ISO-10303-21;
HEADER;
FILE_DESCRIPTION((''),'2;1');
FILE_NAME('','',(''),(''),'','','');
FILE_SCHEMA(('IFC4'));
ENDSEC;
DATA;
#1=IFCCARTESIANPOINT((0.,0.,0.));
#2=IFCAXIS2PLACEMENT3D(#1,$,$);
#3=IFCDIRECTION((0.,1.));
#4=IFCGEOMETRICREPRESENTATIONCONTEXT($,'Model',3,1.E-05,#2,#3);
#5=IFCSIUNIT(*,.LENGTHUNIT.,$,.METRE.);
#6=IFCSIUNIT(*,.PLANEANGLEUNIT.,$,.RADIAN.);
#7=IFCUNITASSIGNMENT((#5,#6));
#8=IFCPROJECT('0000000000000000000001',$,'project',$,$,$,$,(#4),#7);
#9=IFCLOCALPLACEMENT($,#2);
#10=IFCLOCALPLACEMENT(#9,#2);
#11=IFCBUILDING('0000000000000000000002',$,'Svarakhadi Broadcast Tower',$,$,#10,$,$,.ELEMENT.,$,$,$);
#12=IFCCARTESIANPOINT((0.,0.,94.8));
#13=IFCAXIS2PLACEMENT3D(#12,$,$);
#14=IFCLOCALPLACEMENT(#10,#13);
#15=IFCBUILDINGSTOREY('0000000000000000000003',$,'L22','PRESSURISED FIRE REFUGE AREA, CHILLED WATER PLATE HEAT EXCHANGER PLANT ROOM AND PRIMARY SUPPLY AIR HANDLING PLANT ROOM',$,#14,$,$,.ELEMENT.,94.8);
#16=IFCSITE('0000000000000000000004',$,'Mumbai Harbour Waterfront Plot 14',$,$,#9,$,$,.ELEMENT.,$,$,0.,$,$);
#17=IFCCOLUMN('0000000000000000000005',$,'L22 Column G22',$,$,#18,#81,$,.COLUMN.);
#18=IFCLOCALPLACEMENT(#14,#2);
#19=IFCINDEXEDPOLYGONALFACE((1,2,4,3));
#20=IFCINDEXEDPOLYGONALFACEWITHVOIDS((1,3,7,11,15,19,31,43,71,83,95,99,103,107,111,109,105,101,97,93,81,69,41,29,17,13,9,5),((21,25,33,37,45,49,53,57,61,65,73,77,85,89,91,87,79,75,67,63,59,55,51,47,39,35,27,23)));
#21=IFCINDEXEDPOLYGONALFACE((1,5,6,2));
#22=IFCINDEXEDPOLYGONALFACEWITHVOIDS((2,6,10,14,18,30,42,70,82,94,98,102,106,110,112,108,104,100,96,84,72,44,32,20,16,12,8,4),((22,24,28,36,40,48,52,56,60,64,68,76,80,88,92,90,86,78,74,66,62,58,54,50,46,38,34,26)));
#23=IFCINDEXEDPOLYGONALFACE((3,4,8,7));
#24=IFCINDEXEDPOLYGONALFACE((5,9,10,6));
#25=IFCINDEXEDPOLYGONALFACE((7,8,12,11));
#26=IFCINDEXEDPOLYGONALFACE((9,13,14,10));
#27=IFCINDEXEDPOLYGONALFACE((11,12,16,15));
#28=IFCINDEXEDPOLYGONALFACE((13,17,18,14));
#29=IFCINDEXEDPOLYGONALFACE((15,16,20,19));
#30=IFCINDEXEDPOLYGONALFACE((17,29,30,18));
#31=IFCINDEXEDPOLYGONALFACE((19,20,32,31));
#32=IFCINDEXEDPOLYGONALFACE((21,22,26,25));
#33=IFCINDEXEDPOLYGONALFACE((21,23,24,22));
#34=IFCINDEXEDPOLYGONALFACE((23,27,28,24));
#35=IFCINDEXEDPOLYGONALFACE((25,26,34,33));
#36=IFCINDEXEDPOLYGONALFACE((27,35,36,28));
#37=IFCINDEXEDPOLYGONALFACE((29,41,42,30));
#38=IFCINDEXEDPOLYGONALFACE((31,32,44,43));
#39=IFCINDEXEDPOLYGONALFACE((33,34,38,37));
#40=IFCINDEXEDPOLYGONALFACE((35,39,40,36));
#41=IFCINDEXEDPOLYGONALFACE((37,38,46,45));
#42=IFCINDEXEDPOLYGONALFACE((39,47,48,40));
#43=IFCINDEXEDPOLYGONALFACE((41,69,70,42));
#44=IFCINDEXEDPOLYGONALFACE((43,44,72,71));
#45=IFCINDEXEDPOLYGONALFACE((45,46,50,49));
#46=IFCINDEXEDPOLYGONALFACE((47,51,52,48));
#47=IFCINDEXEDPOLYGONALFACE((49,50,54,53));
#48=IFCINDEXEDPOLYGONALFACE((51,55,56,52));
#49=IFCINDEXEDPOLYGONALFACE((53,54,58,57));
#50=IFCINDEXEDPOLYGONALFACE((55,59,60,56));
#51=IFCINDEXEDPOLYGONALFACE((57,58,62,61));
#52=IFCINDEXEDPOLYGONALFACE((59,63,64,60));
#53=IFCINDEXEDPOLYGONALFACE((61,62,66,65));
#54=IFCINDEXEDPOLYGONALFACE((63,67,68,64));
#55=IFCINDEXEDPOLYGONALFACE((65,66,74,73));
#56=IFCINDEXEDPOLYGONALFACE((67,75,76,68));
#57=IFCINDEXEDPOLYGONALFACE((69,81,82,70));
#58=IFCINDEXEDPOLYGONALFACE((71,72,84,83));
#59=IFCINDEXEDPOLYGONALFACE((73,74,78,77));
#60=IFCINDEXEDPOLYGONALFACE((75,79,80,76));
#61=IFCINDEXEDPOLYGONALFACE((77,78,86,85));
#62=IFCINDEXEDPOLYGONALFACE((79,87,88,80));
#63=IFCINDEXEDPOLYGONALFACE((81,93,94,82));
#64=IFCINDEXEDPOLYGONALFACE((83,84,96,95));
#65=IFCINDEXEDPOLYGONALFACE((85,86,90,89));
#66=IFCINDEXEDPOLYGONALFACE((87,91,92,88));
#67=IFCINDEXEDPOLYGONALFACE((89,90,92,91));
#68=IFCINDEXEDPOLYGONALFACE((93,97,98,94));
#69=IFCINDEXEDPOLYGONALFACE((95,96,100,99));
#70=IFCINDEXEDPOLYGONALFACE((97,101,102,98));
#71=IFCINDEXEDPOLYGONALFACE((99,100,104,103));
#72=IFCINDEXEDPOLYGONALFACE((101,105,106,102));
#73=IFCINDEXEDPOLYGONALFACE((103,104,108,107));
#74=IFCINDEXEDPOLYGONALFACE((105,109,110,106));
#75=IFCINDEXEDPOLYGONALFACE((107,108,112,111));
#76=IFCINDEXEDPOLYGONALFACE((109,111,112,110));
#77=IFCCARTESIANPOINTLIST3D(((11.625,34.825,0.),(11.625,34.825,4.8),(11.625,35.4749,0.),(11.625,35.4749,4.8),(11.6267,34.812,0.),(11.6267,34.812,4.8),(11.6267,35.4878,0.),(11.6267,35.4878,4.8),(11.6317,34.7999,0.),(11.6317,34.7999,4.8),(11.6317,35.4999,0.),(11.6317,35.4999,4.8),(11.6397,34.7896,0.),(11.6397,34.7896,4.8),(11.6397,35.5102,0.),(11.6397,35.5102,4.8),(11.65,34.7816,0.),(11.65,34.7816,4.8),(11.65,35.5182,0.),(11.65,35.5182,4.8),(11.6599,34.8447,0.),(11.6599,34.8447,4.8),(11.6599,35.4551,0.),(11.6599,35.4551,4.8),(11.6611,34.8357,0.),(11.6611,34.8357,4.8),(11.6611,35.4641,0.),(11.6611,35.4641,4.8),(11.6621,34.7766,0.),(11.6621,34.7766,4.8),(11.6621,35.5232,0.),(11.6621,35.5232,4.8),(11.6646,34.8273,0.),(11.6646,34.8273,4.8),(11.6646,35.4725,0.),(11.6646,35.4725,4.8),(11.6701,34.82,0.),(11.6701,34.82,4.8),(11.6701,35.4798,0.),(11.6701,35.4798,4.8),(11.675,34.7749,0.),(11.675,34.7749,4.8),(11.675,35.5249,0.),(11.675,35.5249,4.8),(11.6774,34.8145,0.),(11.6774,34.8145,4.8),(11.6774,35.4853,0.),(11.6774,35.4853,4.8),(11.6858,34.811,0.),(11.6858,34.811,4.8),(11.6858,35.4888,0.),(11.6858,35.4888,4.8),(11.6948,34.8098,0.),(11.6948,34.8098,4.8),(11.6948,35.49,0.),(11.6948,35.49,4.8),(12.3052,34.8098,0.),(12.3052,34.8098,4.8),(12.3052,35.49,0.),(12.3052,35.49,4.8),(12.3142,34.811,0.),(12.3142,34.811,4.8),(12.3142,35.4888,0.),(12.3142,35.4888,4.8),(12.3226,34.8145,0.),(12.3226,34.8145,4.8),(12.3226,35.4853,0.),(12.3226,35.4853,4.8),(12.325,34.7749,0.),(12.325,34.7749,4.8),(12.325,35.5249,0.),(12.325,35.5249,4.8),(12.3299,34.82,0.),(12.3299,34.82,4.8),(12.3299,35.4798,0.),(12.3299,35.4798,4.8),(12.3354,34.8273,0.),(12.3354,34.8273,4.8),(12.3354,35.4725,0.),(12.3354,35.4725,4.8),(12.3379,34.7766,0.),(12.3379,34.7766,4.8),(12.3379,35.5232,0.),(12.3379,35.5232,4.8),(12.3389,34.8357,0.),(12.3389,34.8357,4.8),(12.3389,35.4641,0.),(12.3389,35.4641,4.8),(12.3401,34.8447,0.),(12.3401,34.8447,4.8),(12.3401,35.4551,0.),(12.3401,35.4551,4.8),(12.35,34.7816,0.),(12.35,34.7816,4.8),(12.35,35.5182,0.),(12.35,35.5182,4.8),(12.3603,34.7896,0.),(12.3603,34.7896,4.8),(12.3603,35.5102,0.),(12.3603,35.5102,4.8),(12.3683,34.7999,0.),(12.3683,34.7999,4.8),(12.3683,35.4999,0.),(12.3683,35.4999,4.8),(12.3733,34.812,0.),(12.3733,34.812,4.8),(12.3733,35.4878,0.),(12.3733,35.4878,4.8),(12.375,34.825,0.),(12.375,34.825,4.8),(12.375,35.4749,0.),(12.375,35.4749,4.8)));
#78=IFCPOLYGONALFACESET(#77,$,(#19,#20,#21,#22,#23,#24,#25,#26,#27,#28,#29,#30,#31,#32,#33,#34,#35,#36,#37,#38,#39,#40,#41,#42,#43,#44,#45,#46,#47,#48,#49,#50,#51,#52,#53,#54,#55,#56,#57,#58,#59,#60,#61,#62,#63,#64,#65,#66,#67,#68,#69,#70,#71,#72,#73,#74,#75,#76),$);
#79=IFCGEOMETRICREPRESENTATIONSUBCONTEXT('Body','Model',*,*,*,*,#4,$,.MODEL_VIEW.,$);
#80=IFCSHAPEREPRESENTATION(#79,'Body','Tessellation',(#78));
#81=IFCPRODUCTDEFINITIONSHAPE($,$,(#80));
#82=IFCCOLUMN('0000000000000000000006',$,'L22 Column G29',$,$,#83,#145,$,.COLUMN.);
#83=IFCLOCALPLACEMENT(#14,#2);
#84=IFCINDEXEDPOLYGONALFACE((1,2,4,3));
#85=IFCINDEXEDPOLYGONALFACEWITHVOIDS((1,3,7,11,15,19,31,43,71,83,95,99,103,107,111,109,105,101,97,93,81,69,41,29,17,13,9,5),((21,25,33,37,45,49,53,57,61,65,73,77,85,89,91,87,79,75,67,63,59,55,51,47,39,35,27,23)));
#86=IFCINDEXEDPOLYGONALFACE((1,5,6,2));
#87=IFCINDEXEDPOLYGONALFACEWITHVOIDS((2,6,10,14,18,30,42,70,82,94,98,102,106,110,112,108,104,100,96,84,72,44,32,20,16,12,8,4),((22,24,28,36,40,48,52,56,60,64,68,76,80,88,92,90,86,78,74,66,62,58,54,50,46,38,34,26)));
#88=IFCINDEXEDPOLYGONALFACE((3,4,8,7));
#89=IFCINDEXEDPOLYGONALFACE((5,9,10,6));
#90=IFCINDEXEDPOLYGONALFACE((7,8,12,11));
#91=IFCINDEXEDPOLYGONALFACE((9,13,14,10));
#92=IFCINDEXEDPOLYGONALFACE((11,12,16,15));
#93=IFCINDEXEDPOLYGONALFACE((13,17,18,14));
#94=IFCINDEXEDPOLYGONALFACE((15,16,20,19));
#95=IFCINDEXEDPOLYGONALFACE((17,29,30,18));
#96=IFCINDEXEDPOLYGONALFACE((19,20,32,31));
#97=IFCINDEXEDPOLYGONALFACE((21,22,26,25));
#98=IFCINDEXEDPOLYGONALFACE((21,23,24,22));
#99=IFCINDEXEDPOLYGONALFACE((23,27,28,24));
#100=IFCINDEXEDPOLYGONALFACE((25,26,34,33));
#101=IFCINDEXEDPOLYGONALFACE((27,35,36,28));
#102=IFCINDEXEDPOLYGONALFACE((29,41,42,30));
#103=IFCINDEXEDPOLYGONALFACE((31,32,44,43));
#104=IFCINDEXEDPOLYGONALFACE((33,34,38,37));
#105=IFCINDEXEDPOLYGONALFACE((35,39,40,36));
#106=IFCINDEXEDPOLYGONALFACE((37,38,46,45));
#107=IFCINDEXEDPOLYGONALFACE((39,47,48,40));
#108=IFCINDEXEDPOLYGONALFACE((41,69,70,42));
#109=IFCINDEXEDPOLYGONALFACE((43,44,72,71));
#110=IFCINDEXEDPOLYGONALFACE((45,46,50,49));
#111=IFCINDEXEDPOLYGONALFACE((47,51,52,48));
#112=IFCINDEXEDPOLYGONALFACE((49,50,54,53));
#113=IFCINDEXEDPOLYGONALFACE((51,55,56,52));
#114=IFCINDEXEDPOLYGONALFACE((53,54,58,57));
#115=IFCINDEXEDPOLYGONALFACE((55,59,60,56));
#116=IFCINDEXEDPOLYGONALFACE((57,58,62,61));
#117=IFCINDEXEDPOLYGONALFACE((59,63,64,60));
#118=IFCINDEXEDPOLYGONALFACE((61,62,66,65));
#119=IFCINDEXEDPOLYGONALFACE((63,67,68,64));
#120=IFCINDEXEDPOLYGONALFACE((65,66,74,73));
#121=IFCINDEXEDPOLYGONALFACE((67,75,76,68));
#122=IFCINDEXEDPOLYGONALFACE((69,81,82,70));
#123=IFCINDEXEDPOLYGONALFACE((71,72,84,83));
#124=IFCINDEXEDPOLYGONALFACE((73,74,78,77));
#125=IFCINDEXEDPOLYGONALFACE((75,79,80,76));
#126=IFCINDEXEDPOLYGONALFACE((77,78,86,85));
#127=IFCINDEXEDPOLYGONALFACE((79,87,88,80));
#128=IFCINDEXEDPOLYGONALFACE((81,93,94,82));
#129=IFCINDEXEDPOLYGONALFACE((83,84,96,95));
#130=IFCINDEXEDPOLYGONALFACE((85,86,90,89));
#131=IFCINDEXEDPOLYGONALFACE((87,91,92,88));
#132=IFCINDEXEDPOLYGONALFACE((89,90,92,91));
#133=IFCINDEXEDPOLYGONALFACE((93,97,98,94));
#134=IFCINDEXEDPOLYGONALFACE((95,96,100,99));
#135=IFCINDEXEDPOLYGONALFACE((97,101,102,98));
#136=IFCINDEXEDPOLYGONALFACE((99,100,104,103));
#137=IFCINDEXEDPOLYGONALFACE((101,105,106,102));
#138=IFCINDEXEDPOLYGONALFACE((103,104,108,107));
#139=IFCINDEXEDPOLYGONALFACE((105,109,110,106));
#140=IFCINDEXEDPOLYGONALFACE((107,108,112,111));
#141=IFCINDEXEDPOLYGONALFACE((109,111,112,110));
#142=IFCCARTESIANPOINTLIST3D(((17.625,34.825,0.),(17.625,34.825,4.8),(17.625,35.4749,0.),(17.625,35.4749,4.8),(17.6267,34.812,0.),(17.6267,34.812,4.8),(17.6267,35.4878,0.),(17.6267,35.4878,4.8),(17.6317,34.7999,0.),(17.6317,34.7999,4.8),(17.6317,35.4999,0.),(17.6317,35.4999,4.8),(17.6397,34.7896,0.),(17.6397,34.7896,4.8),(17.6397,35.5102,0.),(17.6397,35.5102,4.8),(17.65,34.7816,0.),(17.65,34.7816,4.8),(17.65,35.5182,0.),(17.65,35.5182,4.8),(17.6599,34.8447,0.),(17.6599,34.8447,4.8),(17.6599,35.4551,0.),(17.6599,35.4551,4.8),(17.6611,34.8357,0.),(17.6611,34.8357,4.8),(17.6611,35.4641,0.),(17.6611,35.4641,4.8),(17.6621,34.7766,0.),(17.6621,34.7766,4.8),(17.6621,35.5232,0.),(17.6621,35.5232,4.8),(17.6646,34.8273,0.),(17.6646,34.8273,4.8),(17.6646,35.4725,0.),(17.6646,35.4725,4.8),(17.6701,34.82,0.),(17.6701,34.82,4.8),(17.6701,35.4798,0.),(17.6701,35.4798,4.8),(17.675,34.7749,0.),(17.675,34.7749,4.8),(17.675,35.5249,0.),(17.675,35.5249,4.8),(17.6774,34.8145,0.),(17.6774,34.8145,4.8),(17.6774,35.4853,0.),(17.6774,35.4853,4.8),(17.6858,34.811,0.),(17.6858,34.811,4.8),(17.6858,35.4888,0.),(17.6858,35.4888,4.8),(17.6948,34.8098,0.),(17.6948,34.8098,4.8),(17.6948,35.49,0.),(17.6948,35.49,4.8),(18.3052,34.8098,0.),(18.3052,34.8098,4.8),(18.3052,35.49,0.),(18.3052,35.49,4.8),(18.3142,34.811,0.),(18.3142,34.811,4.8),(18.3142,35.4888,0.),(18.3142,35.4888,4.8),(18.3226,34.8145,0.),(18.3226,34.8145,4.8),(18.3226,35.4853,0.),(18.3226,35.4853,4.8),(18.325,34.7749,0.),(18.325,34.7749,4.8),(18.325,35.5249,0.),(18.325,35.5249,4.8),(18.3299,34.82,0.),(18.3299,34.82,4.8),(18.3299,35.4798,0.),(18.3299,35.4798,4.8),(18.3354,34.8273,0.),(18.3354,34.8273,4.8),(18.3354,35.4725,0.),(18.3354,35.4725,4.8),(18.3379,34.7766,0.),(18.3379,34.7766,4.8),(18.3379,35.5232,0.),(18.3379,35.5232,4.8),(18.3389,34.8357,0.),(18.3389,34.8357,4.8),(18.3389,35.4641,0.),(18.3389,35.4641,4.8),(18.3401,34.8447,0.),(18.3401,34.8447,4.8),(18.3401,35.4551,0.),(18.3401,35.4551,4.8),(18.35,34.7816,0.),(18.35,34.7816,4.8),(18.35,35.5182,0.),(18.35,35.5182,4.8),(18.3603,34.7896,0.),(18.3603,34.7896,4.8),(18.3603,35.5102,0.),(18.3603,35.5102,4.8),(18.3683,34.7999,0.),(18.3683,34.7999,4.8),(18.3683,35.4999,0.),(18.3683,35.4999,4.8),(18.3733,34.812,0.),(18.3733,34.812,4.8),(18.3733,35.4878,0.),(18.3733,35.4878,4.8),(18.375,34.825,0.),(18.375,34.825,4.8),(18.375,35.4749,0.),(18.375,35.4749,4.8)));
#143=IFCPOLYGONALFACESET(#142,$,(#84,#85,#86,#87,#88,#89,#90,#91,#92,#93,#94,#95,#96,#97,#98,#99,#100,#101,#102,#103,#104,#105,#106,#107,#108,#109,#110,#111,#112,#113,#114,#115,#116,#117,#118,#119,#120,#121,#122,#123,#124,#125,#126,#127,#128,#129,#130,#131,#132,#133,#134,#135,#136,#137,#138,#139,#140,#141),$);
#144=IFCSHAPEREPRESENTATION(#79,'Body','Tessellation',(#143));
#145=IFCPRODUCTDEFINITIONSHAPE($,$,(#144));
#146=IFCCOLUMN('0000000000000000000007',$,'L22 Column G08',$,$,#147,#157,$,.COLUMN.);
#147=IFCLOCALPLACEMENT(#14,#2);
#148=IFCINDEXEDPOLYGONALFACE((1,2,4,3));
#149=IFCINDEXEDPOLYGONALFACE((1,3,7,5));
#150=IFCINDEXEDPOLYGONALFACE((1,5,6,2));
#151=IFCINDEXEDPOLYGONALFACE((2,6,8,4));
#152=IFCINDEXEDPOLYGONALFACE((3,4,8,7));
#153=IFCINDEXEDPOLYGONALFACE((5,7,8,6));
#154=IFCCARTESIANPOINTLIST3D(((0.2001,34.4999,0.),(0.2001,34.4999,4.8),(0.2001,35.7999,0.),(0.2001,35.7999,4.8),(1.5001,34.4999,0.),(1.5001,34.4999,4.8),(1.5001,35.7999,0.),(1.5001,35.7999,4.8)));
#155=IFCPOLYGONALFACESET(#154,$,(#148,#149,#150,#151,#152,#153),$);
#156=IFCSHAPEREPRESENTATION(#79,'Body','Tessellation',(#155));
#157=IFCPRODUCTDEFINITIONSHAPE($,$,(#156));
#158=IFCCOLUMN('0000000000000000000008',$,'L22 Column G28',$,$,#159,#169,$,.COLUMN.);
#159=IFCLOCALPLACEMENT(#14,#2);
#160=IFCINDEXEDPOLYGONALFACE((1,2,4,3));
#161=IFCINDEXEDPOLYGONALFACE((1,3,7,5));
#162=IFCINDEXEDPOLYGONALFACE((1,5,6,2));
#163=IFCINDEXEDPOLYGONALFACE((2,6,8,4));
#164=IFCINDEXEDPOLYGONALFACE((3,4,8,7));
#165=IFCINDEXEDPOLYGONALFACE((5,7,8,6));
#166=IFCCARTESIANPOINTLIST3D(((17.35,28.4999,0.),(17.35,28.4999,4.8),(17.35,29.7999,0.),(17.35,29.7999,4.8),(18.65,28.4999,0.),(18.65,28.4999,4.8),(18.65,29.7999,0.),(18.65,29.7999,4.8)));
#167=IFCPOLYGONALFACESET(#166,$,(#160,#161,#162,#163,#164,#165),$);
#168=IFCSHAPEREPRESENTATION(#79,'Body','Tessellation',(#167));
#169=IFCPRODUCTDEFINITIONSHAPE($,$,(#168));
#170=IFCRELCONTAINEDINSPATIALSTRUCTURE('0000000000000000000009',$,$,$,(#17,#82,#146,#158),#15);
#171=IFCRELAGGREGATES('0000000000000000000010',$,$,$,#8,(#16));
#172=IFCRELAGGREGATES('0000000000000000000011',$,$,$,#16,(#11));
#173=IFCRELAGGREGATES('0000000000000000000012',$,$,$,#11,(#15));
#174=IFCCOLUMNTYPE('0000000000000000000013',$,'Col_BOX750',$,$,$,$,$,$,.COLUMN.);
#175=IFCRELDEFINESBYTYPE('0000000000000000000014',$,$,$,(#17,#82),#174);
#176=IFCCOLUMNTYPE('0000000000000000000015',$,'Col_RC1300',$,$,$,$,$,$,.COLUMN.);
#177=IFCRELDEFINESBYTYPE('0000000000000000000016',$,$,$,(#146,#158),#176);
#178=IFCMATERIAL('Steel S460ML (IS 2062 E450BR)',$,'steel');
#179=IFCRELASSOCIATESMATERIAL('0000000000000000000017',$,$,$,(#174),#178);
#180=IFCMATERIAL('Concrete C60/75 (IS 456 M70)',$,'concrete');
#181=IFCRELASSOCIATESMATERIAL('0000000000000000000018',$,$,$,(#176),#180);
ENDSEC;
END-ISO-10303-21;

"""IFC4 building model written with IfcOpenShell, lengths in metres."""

from ifc_helpers import new_model, si_unit, direction, frame, origin, origin_2d, place, context, subcontext, project, spatial, rectangle, hollow_rectangle, extrude, material, material_profile, profile_set, type_object, element, save


model = new_model("IFC4")

# Units and contexts
model_context = context("Model", 3, precision=1e-05, world=origin(), true_north=direction((0.0, 1.0)))
body_context = subcontext(model_context, "Body", "Model", "MODEL_VIEW")
ifc_project = project(units=[si_unit("LENGTHUNIT", "METRE"), si_unit("PLANEANGLEUNIT", "RADIAN")], contexts=[model_context])

# Site, building, storey
site_placement = place(None, origin())
site = spatial("IfcSite", under=ifc_project, at=site_placement, Name="Mumbai Harbour Waterfront Plot 14", CompositionType="ELEMENT", RefElevation=0.0)
building_placement = place(site_placement, origin())
building = spatial("IfcBuilding", under=site, at=building_placement, Name="Svarakhadi Broadcast Tower", CompositionType="ELEMENT")
storey_placement = place(building_placement, frame((0.0, 0.0, 94.8)))
storey = spatial("IfcBuildingStorey", under=building, at=storey_placement, Name="L22", Description="PRESSURISED FIRE REFUGE AREA, CHILLED WATER PLATE HEAT EXCHANGER PLANT ROOM AND PRIMARY SUPPLY AIR HANDLING PLANT ROOM", CompositionType="ELEMENT", Elevation=94.8)

# Columns
ifc_material_1 = material(Name="Steel S460ML (IS 2062 E450BR)", Category="steel")
ifc_material_profile_1 = material_profile(ifc_material_1, hollow_rectangle(XDim=0.75, YDim=0.75, WallThickness=0.0349, InnerFilletRadius=0.0349, OuterFilletRadius=0.05, at=origin_2d()), Name="BOX 750x750x35")
ifc_profile_set_1 = profile_set([ifc_material_profile_1], Name="Steel S460ML (IS 2062 E450BR)")
column_type_1 = type_object("IfcColumnType", Name="Col_BOX750", PredefinedType="COLUMN", material=ifc_profile_set_1)
for number, where, z_axis, x_axis, name in (
    (1, (12.0, 35.1499, 0.0), (0.0, 0.0, 1.0), (1.0, 0.0, 0.0), "L22 Column G22"),
    (2, (18.0, 35.1499, 0.0), (0.0, 0.0, 1.0), (1.0, 0.0, 0.0), "L22 Column G29"),
):
    element("IfcColumn", number, at=place(storey_placement, frame(where, z_axis=z_axis, x_axis=x_axis)), inside=storey, type_object=column_type_1, Name=name, PredefinedType="COLUMN", context=body_context, shape_type="SweptSolid", body=[
        extrude(hollow_rectangle(XDim=0.75, YDim=0.75, WallThickness=0.0349, InnerFilletRadius=0.0349, OuterFilletRadius=0.05, at=origin_2d()), origin(), (0.0, 0.0, 1.0), 4.8),
    ])
ifc_material_2 = material(Name="Concrete C60/75 (IS 456 M70)", Category="concrete")
ifc_material_profile_2 = material_profile(ifc_material_2, rectangle(XDim=1.3, YDim=1.3, at=origin_2d()), Name="RC 1300x1300")
ifc_profile_set_2 = profile_set([ifc_material_profile_2], Name="Concrete C60/75 (IS 456 M70)")
column_type_2 = type_object("IfcColumnType", Name="Col_RC1300", PredefinedType="COLUMN", material=ifc_profile_set_2)
for number, where, z_axis, x_axis, name in (
    (3, (0.8501, 35.1499, 0.0), (0.0, 0.0, 1.0), (1.0, 0.0, 0.0), "L22 Column G08"),
    (4, (18.0, 29.1499, 0.0), (0.0, 0.0, 1.0), (1.0, 0.0, 0.0), "L22 Column G28"),
):
    element("IfcColumn", number, at=place(storey_placement, frame(where, z_axis=z_axis, x_axis=x_axis)), inside=storey, type_object=column_type_2, Name=name, PredefinedType="COLUMN", context=body_context, shape_type="SweptSolid", body=[
        extrude(rectangle(XDim=1.3, YDim=1.3, at=origin_2d()), origin(), (0.0, 0.0, 1.0), 4.8),
    ])

save(model, "model.ifc")
